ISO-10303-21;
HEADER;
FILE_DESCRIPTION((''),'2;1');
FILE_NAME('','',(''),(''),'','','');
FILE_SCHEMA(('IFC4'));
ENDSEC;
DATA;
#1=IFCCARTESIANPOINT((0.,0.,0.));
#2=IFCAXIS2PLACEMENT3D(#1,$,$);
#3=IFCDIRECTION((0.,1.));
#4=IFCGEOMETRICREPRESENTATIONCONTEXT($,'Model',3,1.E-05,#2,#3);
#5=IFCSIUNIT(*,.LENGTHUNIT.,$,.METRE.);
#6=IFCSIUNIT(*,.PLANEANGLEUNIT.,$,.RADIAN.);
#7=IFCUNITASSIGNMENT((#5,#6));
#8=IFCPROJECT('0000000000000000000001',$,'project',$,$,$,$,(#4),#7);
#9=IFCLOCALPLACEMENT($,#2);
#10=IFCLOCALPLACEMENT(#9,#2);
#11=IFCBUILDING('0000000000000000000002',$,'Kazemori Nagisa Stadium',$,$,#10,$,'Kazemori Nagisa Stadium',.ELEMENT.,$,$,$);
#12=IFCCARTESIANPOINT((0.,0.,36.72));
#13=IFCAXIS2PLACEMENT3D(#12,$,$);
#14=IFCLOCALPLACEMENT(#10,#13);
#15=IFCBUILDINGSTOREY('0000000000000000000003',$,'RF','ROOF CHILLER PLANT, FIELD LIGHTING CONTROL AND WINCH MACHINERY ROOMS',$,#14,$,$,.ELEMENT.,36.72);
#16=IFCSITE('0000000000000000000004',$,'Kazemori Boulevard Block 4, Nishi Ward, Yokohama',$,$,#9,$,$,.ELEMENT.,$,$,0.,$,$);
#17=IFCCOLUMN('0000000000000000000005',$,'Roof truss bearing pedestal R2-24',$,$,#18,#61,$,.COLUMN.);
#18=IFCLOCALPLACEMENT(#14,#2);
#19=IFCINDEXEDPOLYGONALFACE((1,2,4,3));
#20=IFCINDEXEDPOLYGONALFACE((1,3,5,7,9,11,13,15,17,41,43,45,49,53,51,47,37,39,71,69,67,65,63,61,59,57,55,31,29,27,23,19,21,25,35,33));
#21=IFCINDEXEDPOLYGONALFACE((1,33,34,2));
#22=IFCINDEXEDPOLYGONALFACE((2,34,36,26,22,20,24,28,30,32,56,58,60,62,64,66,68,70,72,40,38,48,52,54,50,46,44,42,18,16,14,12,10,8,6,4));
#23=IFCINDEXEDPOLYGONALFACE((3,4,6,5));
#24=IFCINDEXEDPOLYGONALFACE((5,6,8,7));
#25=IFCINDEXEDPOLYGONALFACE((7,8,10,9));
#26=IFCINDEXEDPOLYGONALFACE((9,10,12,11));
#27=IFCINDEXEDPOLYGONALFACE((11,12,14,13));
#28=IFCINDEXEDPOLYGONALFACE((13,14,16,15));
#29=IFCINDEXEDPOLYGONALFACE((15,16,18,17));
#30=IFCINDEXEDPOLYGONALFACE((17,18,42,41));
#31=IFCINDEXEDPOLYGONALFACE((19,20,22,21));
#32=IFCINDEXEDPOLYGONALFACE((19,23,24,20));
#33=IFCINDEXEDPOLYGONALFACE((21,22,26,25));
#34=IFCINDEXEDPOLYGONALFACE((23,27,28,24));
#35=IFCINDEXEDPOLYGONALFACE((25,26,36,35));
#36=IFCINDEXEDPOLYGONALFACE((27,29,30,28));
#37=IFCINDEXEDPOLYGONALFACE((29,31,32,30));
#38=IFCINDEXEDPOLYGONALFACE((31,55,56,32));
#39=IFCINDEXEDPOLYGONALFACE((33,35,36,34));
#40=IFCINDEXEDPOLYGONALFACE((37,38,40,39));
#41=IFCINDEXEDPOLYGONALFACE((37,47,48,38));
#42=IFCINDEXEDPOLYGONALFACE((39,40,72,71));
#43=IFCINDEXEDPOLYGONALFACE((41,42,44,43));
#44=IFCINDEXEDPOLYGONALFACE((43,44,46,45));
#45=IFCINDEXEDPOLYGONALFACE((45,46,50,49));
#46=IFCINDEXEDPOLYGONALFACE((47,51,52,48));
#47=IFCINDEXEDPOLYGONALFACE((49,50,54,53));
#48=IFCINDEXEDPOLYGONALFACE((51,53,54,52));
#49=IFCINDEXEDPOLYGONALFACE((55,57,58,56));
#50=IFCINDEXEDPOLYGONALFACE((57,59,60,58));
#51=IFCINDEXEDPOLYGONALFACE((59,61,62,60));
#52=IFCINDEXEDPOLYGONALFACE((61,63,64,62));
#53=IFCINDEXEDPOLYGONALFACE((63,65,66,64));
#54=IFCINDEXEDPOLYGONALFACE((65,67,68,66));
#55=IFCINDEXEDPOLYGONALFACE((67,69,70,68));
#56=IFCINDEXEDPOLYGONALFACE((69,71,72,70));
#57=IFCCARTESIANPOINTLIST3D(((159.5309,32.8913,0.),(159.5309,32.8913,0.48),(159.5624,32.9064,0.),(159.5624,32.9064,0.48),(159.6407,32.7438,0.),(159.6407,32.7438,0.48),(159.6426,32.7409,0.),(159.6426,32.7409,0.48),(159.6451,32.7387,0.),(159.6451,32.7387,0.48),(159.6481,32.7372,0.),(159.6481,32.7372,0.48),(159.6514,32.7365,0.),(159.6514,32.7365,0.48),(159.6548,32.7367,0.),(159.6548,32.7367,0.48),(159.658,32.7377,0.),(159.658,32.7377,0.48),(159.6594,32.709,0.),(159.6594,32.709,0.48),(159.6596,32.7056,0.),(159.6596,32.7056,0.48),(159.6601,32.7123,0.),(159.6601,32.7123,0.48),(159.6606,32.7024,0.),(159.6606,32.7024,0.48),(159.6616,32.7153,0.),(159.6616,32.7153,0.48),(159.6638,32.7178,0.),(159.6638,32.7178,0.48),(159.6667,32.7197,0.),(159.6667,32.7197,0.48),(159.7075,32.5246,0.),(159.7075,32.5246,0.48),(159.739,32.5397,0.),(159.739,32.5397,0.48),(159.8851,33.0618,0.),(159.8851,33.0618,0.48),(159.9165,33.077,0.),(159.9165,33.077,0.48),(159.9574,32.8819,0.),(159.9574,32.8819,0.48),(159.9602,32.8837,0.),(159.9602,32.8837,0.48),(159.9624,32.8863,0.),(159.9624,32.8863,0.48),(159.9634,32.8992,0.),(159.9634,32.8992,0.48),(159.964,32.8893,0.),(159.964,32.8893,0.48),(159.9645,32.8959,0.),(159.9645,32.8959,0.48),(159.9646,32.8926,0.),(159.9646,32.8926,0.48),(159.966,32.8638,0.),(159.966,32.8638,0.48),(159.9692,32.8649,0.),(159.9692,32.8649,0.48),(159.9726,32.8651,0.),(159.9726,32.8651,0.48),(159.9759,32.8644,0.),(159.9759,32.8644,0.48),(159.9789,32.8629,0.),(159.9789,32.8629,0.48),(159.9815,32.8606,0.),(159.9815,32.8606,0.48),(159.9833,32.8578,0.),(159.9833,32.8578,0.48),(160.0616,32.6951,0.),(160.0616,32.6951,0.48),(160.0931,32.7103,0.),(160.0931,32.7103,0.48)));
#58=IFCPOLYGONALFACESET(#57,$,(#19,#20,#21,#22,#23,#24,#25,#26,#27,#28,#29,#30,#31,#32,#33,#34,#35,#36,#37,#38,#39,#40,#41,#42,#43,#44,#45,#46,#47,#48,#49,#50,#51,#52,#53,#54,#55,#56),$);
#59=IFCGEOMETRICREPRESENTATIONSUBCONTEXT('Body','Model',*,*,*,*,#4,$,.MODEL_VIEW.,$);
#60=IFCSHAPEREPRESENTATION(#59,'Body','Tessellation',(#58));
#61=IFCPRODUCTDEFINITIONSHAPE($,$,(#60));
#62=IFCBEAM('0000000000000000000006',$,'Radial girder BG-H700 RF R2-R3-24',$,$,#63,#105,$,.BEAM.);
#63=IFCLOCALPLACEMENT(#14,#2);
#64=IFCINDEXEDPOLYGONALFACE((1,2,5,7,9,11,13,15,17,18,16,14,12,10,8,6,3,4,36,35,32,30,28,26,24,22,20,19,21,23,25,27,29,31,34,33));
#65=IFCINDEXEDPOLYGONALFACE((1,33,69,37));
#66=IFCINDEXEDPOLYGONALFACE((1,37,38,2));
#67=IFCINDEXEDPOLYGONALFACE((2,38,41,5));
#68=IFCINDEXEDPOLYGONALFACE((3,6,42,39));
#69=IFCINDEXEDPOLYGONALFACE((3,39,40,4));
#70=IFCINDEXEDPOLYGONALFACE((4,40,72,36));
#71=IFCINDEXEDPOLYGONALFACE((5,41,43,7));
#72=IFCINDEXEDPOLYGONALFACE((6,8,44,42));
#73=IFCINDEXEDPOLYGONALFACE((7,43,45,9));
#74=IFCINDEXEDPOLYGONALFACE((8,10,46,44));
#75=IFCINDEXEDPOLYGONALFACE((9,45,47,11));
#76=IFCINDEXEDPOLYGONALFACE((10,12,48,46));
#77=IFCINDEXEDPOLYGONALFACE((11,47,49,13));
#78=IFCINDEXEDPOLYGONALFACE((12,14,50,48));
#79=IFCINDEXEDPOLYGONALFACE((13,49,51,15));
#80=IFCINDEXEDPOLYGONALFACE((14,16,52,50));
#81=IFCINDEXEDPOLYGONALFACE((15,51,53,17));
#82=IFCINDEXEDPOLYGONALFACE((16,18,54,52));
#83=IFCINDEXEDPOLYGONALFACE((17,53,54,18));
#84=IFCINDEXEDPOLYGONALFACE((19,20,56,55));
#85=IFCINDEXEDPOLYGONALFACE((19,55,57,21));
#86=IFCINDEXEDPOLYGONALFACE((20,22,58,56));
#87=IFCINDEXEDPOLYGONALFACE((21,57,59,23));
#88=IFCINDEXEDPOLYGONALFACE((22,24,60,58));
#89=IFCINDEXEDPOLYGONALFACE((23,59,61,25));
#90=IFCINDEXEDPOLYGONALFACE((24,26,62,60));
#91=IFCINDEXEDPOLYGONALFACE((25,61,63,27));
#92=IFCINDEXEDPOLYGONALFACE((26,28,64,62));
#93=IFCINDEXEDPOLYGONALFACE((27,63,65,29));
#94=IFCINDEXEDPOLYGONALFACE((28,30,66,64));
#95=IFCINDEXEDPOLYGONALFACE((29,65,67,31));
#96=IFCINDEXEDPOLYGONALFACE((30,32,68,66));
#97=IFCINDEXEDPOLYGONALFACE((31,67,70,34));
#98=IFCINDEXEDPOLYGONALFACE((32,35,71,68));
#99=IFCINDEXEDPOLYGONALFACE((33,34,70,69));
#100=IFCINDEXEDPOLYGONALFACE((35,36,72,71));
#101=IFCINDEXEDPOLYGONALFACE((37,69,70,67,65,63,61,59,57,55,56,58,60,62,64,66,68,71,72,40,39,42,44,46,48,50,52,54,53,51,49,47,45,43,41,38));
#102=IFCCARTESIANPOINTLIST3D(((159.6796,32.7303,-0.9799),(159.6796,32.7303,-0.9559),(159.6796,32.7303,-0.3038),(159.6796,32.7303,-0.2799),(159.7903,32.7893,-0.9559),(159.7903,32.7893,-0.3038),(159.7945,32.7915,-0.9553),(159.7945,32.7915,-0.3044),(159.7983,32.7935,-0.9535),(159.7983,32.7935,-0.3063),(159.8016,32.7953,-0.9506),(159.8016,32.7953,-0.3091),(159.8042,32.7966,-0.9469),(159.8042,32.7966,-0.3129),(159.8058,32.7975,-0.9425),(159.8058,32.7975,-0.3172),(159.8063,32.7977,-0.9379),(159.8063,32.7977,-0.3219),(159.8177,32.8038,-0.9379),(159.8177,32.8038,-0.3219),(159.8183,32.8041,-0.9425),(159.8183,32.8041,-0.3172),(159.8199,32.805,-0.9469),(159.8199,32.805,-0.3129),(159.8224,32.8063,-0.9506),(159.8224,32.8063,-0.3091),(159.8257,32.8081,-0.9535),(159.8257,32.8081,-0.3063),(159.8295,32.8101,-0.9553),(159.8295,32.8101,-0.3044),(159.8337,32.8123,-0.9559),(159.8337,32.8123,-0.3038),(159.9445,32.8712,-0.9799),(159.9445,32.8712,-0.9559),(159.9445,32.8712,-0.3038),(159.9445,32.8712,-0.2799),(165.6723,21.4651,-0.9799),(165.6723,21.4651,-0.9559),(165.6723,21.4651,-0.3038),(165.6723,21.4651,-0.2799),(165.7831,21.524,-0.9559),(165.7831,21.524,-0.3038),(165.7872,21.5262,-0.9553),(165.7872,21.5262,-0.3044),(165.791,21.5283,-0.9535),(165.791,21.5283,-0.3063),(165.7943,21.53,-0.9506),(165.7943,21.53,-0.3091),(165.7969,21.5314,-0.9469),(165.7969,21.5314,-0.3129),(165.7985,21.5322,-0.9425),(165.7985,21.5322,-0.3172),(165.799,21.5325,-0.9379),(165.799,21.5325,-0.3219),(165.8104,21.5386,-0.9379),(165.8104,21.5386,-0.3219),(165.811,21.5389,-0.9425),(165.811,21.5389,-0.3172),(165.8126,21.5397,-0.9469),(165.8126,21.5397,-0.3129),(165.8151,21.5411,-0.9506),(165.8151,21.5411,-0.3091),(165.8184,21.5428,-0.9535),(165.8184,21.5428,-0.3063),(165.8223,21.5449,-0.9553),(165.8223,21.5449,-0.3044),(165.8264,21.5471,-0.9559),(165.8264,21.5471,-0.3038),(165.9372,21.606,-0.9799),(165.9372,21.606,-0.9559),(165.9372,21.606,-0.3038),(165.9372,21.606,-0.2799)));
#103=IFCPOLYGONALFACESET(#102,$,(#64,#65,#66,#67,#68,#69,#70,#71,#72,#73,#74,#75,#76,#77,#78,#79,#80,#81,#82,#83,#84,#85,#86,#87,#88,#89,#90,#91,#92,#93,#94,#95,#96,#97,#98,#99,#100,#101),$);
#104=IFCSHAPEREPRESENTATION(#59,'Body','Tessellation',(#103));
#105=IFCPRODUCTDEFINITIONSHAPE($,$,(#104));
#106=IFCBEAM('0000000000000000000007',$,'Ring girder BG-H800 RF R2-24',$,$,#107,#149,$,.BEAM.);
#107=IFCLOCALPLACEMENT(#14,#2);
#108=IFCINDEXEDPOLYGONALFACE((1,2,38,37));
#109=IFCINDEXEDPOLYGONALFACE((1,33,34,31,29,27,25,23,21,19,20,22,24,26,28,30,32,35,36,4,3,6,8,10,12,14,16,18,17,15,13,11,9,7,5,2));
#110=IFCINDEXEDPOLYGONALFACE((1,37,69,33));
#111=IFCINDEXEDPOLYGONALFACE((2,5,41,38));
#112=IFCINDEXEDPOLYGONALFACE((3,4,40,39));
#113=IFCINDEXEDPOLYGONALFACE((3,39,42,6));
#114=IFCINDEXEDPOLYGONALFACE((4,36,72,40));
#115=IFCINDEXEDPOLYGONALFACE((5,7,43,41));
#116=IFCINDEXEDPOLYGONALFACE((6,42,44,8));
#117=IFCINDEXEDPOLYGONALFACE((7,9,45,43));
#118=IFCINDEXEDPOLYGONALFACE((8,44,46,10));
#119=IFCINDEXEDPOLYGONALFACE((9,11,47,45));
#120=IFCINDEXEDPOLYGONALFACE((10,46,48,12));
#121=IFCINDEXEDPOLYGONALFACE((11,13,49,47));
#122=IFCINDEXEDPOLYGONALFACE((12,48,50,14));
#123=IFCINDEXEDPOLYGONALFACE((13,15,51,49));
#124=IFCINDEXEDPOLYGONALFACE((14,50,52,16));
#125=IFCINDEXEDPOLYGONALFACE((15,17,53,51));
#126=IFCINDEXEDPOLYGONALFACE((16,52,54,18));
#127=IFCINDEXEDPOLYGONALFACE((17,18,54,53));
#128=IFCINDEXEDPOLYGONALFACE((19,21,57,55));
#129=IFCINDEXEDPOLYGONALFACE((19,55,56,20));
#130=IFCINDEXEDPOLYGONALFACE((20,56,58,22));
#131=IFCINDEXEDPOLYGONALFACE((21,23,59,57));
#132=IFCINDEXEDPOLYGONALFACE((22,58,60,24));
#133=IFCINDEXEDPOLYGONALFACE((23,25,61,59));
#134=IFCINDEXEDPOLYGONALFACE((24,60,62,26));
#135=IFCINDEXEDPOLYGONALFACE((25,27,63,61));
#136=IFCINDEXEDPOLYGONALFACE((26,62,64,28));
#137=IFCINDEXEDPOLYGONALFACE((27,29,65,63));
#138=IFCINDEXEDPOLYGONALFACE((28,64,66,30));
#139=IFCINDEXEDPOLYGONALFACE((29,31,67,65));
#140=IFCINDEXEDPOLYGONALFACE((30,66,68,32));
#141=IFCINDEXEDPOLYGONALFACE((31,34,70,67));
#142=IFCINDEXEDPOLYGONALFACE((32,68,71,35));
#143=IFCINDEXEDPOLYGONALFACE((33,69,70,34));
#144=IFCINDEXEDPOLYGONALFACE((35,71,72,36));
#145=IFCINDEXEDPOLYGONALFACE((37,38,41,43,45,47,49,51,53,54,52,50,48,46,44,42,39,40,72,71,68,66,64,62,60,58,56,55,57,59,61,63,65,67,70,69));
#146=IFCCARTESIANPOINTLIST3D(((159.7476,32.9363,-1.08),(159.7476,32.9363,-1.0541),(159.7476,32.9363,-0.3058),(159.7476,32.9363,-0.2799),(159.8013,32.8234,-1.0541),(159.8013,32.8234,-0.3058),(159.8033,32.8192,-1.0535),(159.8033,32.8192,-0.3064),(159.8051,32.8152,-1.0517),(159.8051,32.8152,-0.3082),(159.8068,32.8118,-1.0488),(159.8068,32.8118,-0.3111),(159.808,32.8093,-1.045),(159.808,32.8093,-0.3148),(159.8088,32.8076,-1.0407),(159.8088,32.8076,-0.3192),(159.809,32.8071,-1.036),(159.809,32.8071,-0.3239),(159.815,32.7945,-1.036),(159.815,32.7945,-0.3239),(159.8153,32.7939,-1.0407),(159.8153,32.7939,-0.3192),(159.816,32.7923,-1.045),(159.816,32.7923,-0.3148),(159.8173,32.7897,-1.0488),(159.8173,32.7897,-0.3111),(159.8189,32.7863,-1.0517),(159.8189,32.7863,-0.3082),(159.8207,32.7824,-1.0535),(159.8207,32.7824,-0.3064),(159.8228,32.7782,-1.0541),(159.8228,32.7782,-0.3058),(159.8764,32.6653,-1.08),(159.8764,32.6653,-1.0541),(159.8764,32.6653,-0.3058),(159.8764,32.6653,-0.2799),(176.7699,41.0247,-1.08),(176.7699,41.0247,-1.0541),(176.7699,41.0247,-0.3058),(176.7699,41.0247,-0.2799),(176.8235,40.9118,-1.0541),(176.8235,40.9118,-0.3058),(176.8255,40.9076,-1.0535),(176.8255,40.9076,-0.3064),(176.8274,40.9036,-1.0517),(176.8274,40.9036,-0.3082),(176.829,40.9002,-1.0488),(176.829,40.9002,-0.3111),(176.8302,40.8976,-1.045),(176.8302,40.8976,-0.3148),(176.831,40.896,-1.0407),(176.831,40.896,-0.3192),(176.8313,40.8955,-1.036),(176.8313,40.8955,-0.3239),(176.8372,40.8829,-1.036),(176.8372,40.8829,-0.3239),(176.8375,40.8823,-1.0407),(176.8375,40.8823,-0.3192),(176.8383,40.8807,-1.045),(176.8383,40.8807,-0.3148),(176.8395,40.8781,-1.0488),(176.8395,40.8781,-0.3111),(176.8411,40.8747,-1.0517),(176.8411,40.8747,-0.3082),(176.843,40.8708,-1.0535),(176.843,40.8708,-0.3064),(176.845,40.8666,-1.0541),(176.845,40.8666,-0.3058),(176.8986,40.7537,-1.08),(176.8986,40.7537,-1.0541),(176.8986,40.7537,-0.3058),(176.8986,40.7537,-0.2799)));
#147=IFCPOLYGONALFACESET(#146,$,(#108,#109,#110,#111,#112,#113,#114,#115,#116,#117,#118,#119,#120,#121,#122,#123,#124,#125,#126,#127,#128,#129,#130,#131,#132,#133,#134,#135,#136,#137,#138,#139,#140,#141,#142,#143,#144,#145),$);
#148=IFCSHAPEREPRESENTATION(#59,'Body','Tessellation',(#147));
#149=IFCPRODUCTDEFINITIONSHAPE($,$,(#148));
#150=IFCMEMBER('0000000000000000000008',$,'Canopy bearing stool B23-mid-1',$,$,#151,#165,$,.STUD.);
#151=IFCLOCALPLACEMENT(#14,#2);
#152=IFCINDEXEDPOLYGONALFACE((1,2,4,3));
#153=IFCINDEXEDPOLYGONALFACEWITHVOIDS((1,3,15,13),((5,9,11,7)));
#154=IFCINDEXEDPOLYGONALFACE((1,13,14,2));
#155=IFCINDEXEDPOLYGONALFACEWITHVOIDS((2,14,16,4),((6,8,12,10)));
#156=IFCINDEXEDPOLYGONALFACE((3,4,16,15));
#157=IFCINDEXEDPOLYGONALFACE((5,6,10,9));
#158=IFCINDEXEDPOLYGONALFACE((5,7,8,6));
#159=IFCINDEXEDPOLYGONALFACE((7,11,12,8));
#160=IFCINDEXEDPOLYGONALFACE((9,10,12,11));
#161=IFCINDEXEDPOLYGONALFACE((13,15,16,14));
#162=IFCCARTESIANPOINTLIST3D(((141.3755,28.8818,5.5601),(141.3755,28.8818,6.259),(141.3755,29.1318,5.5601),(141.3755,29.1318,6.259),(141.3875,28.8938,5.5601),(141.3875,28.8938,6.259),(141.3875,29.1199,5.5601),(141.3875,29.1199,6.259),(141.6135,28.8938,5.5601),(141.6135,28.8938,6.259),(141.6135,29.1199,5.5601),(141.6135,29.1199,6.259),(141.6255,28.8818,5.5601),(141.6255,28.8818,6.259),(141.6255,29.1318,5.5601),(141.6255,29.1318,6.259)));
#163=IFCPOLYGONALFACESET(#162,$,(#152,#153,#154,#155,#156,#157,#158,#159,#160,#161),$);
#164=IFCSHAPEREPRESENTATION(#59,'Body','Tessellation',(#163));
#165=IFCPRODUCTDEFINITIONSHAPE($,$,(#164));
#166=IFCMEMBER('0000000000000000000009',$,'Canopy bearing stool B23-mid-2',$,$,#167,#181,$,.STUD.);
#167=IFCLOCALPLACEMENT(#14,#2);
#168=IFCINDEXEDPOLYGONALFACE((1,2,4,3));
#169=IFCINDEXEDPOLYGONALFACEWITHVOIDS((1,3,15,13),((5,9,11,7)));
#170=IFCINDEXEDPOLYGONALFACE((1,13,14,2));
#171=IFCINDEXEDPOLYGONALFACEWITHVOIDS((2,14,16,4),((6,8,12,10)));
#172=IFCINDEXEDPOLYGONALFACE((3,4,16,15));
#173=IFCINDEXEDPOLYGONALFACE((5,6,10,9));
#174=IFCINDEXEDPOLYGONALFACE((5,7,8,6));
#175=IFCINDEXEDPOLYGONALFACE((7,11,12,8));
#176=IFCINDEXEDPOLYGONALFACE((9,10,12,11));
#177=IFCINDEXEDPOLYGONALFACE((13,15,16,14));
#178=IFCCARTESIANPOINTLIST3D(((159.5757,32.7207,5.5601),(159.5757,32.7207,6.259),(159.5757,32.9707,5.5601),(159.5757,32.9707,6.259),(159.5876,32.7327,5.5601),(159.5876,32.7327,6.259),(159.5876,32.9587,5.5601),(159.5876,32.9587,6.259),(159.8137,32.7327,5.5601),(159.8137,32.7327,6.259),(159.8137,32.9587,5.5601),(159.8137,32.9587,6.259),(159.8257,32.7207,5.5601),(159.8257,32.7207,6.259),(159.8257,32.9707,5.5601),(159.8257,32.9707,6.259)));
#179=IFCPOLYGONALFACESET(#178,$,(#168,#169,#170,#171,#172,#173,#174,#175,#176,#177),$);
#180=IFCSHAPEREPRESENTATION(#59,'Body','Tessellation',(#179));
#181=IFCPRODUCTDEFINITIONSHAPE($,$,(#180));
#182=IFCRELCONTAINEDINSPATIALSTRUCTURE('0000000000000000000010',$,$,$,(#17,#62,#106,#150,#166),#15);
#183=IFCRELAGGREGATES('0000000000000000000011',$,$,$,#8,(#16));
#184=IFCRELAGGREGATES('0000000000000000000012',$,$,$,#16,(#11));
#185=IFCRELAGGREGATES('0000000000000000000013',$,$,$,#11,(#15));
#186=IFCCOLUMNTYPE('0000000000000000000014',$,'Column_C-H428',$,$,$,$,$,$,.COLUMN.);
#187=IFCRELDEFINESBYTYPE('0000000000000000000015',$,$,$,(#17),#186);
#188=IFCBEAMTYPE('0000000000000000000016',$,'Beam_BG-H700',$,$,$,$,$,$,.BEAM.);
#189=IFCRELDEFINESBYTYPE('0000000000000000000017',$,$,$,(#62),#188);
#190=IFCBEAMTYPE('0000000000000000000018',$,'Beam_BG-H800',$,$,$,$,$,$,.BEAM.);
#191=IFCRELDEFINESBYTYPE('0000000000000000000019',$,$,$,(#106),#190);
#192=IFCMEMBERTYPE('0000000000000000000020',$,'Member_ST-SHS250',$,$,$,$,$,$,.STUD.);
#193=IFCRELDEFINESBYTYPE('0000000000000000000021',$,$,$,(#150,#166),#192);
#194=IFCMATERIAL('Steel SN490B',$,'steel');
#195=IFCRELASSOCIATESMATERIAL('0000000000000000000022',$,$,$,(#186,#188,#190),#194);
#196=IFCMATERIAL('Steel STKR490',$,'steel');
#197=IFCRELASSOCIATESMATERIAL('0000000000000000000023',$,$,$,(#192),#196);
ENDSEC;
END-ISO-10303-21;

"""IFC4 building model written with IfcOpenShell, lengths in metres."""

from ifc_helpers import new_model, si_unit, direction, frame, origin, origin_2d, place, context, subcontext, project, spatial, hollow_rectangle, i_section, extrude, material, material_profile, profile_set, type_object, element, save


model = new_model("IFC4")

# Units and contexts
model_context = context("Model", 3, precision=1e-05, world=origin(), true_north=direction((0.0, 1.0)))
body_context = subcontext(model_context, "Body", "Model", "MODEL_VIEW")
ifc_project = project(units=[si_unit("LENGTHUNIT", "METRE"), si_unit("PLANEANGLEUNIT", "RADIAN")], contexts=[model_context])

# Site, building, storey
site_placement = place(None, origin())
site = spatial("IfcSite", under=ifc_project, at=site_placement, Name="Kazemori Boulevard Block 4, Nishi Ward, Yokohama", CompositionType="ELEMENT", RefElevation=0.0)
building_placement = place(site_placement, origin())
building = spatial("IfcBuilding", under=site, at=building_placement, Name="Kazemori Nagisa Stadium", LongName="Kazemori Nagisa Stadium", CompositionType="ELEMENT")
storey_placement = place(building_placement, frame((0.0, 0.0, 36.72)))
storey = spatial("IfcBuildingStorey", under=building, at=storey_placement, Name="RF", Description="ROOF CHILLER PLANT, FIELD LIGHTING CONTROL AND WINCH MACHINERY ROOMS", CompositionType="ELEMENT", Elevation=36.72)

# Column
ifc_material_1 = material(Name="Steel SN490B", Category="steel")
ifc_material_profile_1 = material_profile(ifc_material_1, i_section(OverallWidth=0.407, OverallDepth=0.428, WebThickness=0.02, FlangeThickness=0.0349, FilletRadius=0.0129, at=origin_2d()), Name="H-428x407x20x35")
ifc_profile_set_1 = profile_set([ifc_material_profile_1], Name="Steel SN490B")
column_type = type_object("IfcColumnType", Name="Column_C-H428", PredefinedType="COLUMN", material=ifc_profile_set_1)
column_placement = place(storey_placement, frame((159.812, 32.8008, 0.0), z_axis=(0.0, 0.0, 1.0), x_axis=(0.433884, -0.900969, 0.0)))
element("IfcColumn", 1, at=column_placement, inside=storey, type_object=column_type, Name="Roof truss bearing pedestal R2-24", PredefinedType="COLUMN", context=body_context, shape_type="SweptSolid", body=[
    extrude(i_section(OverallWidth=0.407, OverallDepth=0.428, WebThickness=0.02, FlangeThickness=0.0349, FilletRadius=0.0129, at=origin_2d()), origin(), (0.0, 0.0, 1.0), 0.48),
])

# Beams
ifc_material_profile_2 = material_profile(ifc_material_1, i_section(OverallWidth=0.3, OverallDepth=0.7, WebThickness=0.0129, FlangeThickness=0.0239, FilletRadius=0.0181, at=origin_2d()), Name="H-700x300x13x24")
ifc_profile_set_2 = profile_set([ifc_material_profile_2], Name="Steel SN490B")
beam_type_1 = type_object("IfcBeamType", Name="Beam_BG-H700", PredefinedType="BEAM", material=ifc_profile_set_2)
beam_1_placement = place(storey_placement, frame((159.812, 32.8008, -0.6299), z_axis=(0.469649, -0.882853, 0.0), x_axis=(0.882853, 0.469649, 0.0)))
element("IfcBeam", 2, at=beam_1_placement, inside=storey, type_object=beam_type_1, Name="Radial girder BG-H700 RF R2-R3-24", PredefinedType="BEAM", context=body_context, shape_type="SweptSolid", body=[
    extrude(i_section(OverallWidth=0.3, OverallDepth=0.7, WebThickness=0.0129, FlangeThickness=0.0239, FilletRadius=0.0181, at=origin_2d()), origin(), (0.0, 0.0, 1.0), 12.76),
])
ifc_material_profile_3 = material_profile(ifc_material_1, i_section(OverallWidth=0.3, OverallDepth=0.8, WebThickness=0.0139, FlangeThickness=0.0259, FilletRadius=0.0181, at=origin_2d()), Name="H-800x300x14x26")
ifc_profile_set_3 = profile_set([ifc_material_profile_3], Name="Steel SN490B")
beam_type_2 = type_object("IfcBeamType", Name="Beam_BG-H800", PredefinedType="BEAM", material=ifc_profile_set_3)
beam_2_placement = place(storey_placement, frame((159.812, 32.8008, -0.6799), z_axis=(0.903219, 0.429179, 0.0), x_axis=(-0.429179, 0.903219, 0.0)))
element("IfcBeam", 3, at=beam_2_placement, inside=storey, type_object=beam_type_2, Name="Ring girder BG-H800 RF R2-24", PredefinedType="BEAM", context=body_context, shape_type="SweptSolid", body=[
    extrude(i_section(OverallWidth=0.3, OverallDepth=0.8, WebThickness=0.0139, FlangeThickness=0.0259, FilletRadius=0.0181, at=origin_2d()), origin(), (0.0, 0.0, 1.0), 18.8462),
])

# Members
ifc_material_2 = material(Name="Steel STKR490", Category="steel")
ifc_material_profile_4 = material_profile(ifc_material_2, hollow_rectangle(XDim=0.25, YDim=0.25, WallThickness=0.012, at=origin_2d()), Name="SHS-250x250x12")
ifc_profile_set_4 = profile_set([ifc_material_profile_4], Name="Steel STKR490")
member_type_1 = type_object("IfcMemberType", Name="Member_ST-SHS250", PredefinedType="STUD", material=ifc_profile_set_4)
for number, where, z_axis, x_axis, name in (
    (4, (141.5005, 29.0068, 5.5601), (0.0, 0.0, 1.0), (1.0, 0.0, 0.0), "Canopy bearing stool B23-mid-1"),
    (5, (159.7007, 32.8457, 5.5601), (0.0, 0.0, 1.0), (1.0, 0.0, 0.0), "Canopy bearing stool B23-mid-2"),
):
    element("IfcMember", number, at=place(storey_placement, frame(where, z_axis=z_axis, x_axis=x_axis)), inside=storey, type_object=member_type_1, Name=name, PredefinedType="STUD", context=body_context, shape_type="SweptSolid", body=[
        extrude(hollow_rectangle(XDim=0.25, YDim=0.25, WallThickness=0.012, at=origin_2d()), origin(), (0.0, 0.0, 1.0), 0.699),
    ])

save(model, "model.ifc")
